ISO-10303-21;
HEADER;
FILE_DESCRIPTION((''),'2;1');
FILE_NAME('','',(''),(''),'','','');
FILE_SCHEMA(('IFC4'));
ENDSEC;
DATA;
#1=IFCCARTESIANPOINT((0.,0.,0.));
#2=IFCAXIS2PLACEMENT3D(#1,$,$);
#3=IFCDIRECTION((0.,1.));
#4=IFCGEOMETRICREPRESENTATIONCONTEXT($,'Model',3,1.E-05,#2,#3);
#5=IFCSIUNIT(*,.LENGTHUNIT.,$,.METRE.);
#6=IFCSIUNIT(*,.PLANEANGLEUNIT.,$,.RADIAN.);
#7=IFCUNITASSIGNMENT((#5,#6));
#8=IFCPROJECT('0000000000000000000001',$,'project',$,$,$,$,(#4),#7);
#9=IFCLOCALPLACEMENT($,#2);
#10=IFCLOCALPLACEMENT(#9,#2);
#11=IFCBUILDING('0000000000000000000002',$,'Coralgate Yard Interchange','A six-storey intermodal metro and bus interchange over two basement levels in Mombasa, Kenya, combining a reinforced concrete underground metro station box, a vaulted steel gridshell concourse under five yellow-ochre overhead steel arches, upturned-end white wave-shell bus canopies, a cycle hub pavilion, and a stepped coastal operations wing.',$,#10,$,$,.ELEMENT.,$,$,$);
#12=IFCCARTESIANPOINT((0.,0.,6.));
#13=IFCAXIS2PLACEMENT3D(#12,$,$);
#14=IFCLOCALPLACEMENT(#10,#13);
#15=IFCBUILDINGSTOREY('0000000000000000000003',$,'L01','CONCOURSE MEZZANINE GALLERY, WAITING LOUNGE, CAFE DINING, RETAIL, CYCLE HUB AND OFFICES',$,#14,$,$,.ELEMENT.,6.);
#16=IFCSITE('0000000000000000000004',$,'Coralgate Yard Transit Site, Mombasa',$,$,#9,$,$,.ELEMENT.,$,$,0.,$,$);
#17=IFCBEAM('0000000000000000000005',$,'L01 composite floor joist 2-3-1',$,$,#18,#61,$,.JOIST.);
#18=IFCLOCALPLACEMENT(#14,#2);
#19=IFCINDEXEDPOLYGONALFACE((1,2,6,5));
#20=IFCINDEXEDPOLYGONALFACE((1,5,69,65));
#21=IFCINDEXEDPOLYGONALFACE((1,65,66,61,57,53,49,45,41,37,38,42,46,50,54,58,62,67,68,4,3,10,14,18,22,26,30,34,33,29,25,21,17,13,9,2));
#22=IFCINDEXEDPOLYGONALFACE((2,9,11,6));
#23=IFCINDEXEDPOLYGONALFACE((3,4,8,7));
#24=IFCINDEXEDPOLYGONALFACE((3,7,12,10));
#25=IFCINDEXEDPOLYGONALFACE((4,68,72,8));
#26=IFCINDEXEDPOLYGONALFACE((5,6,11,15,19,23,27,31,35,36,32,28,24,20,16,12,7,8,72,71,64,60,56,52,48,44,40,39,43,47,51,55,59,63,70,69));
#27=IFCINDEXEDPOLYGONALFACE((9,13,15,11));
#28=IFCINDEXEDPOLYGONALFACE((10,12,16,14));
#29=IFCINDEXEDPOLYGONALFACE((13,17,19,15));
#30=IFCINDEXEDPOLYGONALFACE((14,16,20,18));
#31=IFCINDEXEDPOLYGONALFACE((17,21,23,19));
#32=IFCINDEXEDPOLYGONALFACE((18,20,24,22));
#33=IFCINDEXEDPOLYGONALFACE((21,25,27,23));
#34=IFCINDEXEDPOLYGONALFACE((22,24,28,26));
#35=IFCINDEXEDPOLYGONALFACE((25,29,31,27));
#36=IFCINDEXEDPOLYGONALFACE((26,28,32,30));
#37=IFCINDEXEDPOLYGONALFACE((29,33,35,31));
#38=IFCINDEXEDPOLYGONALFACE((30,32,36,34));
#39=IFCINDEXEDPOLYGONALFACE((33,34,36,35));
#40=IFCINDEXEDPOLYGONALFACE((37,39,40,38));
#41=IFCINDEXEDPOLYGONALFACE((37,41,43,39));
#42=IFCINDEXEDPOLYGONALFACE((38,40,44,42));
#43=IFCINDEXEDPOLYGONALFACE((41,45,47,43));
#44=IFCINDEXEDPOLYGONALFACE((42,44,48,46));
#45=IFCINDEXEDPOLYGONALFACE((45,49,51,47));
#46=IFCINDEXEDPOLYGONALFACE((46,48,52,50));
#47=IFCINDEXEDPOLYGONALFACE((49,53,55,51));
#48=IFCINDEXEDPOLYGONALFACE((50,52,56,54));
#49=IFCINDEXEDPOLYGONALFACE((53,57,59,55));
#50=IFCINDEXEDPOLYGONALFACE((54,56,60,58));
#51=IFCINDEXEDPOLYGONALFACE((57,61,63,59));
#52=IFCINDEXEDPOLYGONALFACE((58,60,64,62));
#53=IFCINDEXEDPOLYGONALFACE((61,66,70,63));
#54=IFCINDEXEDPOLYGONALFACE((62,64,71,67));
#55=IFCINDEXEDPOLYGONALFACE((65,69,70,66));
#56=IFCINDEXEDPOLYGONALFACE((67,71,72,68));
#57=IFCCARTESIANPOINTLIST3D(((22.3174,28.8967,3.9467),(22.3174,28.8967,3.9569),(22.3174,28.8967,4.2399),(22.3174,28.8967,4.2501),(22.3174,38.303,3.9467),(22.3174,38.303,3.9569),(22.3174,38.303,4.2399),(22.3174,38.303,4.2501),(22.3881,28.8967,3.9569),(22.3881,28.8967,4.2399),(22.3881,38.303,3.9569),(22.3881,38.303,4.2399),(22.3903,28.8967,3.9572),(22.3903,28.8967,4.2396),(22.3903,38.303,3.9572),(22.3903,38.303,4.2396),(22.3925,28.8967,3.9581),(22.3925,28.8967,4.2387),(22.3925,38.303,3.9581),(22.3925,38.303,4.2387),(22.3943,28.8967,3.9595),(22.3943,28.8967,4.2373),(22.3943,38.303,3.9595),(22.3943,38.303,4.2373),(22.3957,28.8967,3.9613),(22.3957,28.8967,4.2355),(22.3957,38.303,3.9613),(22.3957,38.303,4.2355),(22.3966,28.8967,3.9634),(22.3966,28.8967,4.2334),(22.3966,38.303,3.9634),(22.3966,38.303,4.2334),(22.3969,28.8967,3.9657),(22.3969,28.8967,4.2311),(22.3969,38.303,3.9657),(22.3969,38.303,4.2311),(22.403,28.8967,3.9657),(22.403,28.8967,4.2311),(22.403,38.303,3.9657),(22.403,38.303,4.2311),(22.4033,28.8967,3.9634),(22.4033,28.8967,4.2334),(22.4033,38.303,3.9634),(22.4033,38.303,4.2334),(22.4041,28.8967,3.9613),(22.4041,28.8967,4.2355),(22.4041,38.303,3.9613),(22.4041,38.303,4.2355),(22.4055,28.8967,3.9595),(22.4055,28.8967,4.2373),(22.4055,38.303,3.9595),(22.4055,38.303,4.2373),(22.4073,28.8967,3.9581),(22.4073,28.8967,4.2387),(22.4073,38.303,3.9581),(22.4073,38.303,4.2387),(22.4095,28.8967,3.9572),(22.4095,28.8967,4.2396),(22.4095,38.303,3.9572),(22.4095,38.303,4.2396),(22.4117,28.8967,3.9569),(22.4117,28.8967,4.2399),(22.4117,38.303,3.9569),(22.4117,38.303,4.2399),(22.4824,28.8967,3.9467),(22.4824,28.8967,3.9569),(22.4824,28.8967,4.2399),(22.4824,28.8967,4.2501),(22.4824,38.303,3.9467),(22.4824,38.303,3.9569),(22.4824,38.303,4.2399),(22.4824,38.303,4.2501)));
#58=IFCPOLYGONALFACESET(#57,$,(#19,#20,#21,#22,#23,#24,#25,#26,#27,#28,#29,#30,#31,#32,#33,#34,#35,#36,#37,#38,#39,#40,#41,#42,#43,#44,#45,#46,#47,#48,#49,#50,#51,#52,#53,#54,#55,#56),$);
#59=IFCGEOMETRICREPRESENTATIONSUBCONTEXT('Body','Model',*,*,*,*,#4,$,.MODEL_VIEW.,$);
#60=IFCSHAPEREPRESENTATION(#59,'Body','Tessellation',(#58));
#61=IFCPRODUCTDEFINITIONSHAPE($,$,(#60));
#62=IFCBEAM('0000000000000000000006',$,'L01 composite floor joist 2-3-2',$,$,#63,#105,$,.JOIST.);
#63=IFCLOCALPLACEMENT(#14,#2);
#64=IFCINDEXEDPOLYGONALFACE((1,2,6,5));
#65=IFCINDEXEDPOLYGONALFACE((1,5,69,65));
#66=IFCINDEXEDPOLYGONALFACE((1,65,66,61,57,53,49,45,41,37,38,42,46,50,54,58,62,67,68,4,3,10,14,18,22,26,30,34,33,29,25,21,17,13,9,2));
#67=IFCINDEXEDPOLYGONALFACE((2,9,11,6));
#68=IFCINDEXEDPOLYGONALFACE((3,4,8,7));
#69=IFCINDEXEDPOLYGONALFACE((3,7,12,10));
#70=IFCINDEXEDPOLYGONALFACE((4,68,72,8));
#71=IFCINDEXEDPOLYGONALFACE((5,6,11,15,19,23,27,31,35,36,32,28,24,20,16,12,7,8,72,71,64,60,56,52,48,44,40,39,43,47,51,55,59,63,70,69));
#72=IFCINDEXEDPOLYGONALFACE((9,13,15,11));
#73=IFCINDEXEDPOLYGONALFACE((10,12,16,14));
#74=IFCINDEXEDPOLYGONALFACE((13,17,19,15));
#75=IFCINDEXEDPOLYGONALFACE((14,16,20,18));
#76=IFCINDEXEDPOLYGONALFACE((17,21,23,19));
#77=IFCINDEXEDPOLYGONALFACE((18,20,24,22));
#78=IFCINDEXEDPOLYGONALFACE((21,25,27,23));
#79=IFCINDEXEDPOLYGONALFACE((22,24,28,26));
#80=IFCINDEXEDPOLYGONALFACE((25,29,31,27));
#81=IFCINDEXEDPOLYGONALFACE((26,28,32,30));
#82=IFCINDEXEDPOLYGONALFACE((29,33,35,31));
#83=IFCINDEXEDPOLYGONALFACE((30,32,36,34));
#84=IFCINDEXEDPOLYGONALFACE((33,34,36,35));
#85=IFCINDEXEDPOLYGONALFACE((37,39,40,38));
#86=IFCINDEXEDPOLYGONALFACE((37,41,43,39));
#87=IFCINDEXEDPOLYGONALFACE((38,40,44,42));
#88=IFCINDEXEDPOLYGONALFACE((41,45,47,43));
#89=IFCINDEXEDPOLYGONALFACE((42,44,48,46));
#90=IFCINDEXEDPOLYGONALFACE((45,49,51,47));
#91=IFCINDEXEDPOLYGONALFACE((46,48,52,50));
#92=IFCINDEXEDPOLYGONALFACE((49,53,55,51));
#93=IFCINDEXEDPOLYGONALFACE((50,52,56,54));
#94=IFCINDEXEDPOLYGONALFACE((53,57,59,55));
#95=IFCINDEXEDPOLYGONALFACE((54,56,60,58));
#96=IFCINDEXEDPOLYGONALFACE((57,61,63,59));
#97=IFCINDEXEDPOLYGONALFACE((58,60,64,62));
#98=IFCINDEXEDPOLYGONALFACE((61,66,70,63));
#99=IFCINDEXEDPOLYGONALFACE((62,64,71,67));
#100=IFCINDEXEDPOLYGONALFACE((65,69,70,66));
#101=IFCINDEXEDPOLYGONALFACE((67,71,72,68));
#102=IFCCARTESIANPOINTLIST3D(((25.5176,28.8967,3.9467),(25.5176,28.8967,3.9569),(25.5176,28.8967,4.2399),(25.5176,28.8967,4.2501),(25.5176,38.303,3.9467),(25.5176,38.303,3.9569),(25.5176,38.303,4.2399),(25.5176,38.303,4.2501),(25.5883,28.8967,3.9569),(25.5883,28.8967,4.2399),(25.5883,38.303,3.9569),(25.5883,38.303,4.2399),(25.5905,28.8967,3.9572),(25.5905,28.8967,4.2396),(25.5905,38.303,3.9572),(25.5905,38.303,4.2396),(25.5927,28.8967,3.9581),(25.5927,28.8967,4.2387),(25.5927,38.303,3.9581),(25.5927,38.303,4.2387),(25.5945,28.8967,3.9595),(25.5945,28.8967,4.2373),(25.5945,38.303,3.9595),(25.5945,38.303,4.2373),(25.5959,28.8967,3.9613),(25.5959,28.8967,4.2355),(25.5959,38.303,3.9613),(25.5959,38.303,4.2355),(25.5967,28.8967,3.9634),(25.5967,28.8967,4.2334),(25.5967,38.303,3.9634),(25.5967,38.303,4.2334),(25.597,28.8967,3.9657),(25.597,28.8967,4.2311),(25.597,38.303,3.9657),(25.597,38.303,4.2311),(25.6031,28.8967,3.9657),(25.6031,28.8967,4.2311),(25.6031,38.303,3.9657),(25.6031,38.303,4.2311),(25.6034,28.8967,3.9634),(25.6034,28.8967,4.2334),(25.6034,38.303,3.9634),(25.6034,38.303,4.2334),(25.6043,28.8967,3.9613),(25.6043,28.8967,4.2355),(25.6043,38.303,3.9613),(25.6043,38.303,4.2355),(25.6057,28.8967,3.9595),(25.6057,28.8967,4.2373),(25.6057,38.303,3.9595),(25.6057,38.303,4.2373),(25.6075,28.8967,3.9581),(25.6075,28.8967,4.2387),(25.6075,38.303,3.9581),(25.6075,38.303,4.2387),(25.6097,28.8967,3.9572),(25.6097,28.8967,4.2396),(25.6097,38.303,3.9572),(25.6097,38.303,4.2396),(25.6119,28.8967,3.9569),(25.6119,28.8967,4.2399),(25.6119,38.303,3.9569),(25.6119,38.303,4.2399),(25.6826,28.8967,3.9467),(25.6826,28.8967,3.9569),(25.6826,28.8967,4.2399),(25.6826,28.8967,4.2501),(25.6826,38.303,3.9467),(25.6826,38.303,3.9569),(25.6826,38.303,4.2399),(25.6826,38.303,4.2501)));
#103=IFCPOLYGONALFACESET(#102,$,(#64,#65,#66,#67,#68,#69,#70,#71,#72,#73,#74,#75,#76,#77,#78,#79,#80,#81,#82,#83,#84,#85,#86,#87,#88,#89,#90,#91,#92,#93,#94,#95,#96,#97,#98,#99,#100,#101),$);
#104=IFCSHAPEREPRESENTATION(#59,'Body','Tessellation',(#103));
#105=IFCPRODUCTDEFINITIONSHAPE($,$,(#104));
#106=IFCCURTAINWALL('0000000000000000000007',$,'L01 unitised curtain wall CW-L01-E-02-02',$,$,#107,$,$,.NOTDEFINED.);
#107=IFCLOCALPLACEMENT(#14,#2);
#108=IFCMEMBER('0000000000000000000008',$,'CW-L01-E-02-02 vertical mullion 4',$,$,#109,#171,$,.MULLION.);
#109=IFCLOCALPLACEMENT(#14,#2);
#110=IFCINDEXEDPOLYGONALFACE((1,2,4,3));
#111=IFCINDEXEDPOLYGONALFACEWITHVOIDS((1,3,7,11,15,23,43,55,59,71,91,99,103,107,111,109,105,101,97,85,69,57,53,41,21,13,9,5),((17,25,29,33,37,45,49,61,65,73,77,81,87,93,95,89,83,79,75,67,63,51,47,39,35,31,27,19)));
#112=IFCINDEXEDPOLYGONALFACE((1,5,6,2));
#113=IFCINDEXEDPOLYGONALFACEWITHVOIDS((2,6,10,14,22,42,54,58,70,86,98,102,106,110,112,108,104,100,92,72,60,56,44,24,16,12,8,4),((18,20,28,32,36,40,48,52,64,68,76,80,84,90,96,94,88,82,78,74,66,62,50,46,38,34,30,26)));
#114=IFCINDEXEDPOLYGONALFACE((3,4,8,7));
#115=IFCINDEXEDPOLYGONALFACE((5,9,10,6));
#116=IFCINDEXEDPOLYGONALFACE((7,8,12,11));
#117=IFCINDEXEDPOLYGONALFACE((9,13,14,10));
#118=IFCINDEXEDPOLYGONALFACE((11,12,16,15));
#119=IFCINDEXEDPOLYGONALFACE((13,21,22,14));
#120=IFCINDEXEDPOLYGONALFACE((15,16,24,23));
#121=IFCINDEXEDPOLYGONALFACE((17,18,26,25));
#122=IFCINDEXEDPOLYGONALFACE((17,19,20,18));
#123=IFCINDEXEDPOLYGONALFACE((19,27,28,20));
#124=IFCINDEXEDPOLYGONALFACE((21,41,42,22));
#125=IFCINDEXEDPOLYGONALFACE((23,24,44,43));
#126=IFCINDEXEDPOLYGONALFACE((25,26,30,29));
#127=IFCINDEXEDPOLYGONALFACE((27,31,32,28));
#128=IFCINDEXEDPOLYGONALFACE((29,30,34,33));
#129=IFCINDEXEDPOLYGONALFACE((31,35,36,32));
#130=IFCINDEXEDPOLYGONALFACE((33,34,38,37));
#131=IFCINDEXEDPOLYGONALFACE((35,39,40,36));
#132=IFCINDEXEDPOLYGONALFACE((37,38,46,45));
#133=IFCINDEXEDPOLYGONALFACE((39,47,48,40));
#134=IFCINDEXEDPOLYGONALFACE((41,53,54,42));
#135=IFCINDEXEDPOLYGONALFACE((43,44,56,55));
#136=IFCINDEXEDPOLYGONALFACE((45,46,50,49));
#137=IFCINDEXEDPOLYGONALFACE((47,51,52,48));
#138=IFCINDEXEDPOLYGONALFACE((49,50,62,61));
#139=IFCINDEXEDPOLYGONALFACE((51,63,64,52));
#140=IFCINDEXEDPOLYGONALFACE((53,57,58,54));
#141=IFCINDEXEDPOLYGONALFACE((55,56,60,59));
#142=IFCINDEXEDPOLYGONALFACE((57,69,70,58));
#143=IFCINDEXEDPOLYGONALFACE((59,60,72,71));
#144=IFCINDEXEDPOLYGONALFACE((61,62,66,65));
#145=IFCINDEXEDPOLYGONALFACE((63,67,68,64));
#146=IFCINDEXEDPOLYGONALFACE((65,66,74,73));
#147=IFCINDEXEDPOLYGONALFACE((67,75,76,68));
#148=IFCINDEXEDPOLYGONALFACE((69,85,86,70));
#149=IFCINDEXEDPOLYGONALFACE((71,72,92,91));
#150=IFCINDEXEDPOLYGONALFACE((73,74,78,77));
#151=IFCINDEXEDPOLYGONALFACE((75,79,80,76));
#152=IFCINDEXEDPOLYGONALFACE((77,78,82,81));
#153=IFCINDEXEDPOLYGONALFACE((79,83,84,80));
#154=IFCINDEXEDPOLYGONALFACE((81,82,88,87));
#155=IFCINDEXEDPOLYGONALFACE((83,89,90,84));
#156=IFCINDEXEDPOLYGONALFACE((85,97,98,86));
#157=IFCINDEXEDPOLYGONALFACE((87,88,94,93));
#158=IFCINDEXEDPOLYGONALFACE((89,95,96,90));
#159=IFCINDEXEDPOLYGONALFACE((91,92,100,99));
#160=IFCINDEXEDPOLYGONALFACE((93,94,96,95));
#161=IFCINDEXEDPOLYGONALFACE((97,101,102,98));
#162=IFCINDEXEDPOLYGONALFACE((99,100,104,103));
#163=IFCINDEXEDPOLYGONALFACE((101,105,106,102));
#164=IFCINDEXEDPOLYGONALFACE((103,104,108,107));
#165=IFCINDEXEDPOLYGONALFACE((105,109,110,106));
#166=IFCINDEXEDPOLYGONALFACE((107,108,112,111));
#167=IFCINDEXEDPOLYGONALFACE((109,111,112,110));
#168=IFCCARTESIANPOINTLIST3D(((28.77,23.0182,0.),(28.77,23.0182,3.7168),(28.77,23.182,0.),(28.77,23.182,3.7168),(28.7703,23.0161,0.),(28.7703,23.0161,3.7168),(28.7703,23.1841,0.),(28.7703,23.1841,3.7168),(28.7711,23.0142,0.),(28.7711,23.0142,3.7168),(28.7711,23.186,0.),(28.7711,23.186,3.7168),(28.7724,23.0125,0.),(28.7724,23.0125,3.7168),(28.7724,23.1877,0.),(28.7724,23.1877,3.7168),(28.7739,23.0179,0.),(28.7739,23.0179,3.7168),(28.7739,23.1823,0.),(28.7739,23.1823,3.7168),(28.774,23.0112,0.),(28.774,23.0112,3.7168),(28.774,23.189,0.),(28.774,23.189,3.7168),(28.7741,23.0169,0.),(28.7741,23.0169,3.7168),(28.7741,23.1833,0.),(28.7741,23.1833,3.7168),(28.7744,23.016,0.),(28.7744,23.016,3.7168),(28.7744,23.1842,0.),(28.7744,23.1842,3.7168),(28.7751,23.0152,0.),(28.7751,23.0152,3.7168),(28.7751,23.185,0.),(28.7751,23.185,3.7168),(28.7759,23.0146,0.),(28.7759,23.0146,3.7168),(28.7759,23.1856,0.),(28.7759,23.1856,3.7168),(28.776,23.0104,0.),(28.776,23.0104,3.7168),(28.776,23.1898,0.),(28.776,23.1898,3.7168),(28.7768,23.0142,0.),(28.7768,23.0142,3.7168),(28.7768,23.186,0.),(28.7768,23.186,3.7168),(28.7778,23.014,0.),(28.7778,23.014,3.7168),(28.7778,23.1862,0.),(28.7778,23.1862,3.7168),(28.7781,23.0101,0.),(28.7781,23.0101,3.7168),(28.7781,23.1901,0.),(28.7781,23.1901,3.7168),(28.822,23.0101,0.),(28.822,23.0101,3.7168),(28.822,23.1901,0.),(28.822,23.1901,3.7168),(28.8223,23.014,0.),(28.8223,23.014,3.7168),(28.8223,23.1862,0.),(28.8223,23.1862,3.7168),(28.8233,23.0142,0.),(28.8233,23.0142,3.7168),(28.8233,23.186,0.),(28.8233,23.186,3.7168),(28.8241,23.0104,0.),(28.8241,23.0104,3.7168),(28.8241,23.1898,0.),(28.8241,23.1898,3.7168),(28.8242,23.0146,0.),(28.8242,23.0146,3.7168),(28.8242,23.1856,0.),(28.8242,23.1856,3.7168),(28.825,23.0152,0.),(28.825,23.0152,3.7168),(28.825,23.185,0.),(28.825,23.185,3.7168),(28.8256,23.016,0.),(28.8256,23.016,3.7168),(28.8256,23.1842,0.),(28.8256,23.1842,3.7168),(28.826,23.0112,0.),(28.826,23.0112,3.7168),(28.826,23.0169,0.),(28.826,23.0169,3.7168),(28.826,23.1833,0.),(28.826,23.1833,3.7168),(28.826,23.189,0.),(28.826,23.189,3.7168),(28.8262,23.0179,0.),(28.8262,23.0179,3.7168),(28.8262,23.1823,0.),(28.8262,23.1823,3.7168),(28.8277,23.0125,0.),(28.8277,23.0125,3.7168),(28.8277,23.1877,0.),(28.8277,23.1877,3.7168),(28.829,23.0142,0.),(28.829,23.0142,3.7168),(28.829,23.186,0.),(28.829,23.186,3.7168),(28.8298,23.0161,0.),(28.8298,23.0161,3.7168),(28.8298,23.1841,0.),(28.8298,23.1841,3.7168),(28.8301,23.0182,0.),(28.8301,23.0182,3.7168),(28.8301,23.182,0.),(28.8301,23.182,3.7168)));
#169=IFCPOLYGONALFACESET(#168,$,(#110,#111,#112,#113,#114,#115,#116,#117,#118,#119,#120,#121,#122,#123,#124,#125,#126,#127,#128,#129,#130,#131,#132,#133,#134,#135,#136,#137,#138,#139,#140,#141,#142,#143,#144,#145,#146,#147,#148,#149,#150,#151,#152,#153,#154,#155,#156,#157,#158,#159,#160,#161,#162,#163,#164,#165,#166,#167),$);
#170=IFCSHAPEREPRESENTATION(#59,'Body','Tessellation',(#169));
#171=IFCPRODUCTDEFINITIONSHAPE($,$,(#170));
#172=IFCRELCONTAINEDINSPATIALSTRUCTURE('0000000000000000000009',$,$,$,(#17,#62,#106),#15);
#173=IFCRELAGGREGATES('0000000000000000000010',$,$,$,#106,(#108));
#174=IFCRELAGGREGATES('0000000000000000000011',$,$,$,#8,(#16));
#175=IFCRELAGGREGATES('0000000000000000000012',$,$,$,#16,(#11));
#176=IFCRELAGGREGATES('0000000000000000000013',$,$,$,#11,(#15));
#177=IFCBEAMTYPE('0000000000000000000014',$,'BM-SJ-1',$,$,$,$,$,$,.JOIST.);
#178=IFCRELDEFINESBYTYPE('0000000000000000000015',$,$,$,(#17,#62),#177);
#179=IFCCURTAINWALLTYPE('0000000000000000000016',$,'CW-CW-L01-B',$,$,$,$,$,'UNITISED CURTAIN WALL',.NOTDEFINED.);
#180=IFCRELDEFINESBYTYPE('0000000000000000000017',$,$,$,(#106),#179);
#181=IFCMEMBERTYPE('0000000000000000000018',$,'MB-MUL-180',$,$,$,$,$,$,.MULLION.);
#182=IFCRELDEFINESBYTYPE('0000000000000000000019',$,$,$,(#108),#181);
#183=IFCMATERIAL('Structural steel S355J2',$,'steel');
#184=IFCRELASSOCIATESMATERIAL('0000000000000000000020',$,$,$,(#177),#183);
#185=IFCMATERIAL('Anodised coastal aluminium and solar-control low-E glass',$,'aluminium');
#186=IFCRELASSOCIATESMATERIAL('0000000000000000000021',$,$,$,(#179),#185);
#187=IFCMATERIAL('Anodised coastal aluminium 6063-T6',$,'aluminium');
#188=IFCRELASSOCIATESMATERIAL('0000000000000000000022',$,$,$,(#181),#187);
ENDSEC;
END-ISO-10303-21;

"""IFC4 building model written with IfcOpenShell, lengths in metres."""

from ifc_helpers import new_model, si_unit, direction, frame, origin, origin_2d, place, context, subcontext, project, spatial, hollow_rectangle, i_section, extrude, material, material_profile, profile_set, type_object, element, aggregate, save


model = new_model("IFC4")

# Units and contexts
model_context = context("Model", 3, precision=1e-05, world=origin(), true_north=direction((0.0, 1.0)))
body_context = subcontext(model_context, "Body", "Model", "MODEL_VIEW")
ifc_project = project(units=[si_unit("LENGTHUNIT", "METRE"), si_unit("PLANEANGLEUNIT", "RADIAN")], contexts=[model_context])

# Site, building, storey
site_placement = place(None, origin())
site = spatial("IfcSite", under=ifc_project, at=site_placement, Name="Coralgate Yard Transit Site, Mombasa", CompositionType="ELEMENT", RefElevation=0.0)
building_placement = place(site_placement, origin())
building = spatial("IfcBuilding", under=site, at=building_placement, Name="Coralgate Yard Interchange", Description="A six-storey intermodal metro and bus interchange over two basement levels in Mombasa, Kenya, combining a reinforced concrete underground metro station box, a vaulted steel gridshell concourse under five yellow-ochre overhead steel arches, upturned-end white wave-shell bus canopies, a cycle hub pavilion, and a stepped coastal operations wing.", CompositionType="ELEMENT")
storey_placement = place(building_placement, frame((0.0, 0.0, 6.0)))
storey = spatial("IfcBuildingStorey", under=building, at=storey_placement, Name="L01", Description="CONCOURSE MEZZANINE GALLERY, WAITING LOUNGE, CAFE DINING, RETAIL, CYCLE HUB AND OFFICES", CompositionType="ELEMENT", Elevation=6.0)

# Shared definitions
ifc_material_1 = material(Name="Structural steel S355J2", Category="steel")

# Beams
ifc_material_profile_1 = material_profile(ifc_material_1, i_section(OverallWidth=0.165, OverallDepth=0.3035, WebThickness=0.0061, FlangeThickness=0.0103, FilletRadius=0.0088, at=origin_2d()), Name="UB 305x165x40")
ifc_profile_set_1 = profile_set([ifc_material_profile_1], Name="Structural steel S355J2")
beam_type_1 = type_object("IfcBeamType", Name="BM-SJ-1", PredefinedType="JOIST", material=ifc_profile_set_1)
for number, where, z_axis, x_axis, name in (
    (1, (22.3999, 28.8967, 4.0984), (0.0, 1.0, 0.0), (-1.0, 0.0, 0.0), "L01 composite floor joist 2-3-1"),
    (2, (25.6001, 28.8967, 4.0984), (0.0, 1.0, 0.0), (-1.0, 0.0, 0.0), "L01 composite floor joist 2-3-2"),
):
    element("IfcBeam", number, at=place(storey_placement, frame(where, z_axis=z_axis, x_axis=x_axis)), inside=storey, type_object=beam_type_1, Name=name, PredefinedType="JOIST", context=body_context, shape_type="SweptSolid", body=[
        extrude(i_section(OverallWidth=0.165, OverallDepth=0.3035, WebThickness=0.0061, FlangeThickness=0.0103, FilletRadius=0.0088, at=origin_2d()), origin(), (0.0, 0.0, 1.0), 9.4062),
    ])

# Curtain wall, member
ifc_material_2 = material(Name="Anodised coastal aluminium and solar-control low-E glass", Category="aluminium")
curtain_wall_type = type_object("IfcCurtainWallType", Name="CW-CW-L01-B", ElementType="UNITISED CURTAIN WALL", PredefinedType="NOTDEFINED", material=ifc_material_2)
curtain_wall_placement = place(storey_placement, origin())
curtain_wall = element("IfcCurtainWall", 3, at=curtain_wall_placement, inside=storey, type_object=curtain_wall_type, Name="L01 unitised curtain wall CW-L01-E-02-02", PredefinedType="NOTDEFINED")
ifc_material_3 = material(Name="Anodised coastal aluminium 6063-T6", Category="aluminium")
ifc_material_profile_2 = material_profile(ifc_material_3, hollow_rectangle(XDim=0.0601, YDim=0.1799, WallThickness=0.0039, InnerFilletRadius=0.0039, OuterFilletRadius=0.0081, at=origin_2d()), Name="ALU 60x180x4")
ifc_profile_set_2 = profile_set([ifc_material_profile_2], Name="Anodised coastal aluminium 6063-T6")
member_type_1 = type_object("IfcMemberType", Name="MB-MUL-180", PredefinedType="MULLION", material=ifc_profile_set_2)
member_1_placement = place(storey_placement, frame((28.8, 23.1001, 0.0), z_axis=(0.0, 0.0, 1.0), x_axis=(1.0, 0.0, 0.0)))
member_1 = element("IfcMember", 4, at=member_1_placement, type_object=member_type_1, Name="CW-L01-E-02-02 vertical mullion 4", PredefinedType="MULLION", context=body_context, shape_type="SweptSolid", body=[
    extrude(hollow_rectangle(XDim=0.0601, YDim=0.1799, WallThickness=0.0039, InnerFilletRadius=0.0039, OuterFilletRadius=0.0081, at=origin_2d()), origin(), (0.0, 0.0, 1.0), 3.7168),
])
aggregate(curtain_wall, [member_1])

save(model, "model.ifc")
